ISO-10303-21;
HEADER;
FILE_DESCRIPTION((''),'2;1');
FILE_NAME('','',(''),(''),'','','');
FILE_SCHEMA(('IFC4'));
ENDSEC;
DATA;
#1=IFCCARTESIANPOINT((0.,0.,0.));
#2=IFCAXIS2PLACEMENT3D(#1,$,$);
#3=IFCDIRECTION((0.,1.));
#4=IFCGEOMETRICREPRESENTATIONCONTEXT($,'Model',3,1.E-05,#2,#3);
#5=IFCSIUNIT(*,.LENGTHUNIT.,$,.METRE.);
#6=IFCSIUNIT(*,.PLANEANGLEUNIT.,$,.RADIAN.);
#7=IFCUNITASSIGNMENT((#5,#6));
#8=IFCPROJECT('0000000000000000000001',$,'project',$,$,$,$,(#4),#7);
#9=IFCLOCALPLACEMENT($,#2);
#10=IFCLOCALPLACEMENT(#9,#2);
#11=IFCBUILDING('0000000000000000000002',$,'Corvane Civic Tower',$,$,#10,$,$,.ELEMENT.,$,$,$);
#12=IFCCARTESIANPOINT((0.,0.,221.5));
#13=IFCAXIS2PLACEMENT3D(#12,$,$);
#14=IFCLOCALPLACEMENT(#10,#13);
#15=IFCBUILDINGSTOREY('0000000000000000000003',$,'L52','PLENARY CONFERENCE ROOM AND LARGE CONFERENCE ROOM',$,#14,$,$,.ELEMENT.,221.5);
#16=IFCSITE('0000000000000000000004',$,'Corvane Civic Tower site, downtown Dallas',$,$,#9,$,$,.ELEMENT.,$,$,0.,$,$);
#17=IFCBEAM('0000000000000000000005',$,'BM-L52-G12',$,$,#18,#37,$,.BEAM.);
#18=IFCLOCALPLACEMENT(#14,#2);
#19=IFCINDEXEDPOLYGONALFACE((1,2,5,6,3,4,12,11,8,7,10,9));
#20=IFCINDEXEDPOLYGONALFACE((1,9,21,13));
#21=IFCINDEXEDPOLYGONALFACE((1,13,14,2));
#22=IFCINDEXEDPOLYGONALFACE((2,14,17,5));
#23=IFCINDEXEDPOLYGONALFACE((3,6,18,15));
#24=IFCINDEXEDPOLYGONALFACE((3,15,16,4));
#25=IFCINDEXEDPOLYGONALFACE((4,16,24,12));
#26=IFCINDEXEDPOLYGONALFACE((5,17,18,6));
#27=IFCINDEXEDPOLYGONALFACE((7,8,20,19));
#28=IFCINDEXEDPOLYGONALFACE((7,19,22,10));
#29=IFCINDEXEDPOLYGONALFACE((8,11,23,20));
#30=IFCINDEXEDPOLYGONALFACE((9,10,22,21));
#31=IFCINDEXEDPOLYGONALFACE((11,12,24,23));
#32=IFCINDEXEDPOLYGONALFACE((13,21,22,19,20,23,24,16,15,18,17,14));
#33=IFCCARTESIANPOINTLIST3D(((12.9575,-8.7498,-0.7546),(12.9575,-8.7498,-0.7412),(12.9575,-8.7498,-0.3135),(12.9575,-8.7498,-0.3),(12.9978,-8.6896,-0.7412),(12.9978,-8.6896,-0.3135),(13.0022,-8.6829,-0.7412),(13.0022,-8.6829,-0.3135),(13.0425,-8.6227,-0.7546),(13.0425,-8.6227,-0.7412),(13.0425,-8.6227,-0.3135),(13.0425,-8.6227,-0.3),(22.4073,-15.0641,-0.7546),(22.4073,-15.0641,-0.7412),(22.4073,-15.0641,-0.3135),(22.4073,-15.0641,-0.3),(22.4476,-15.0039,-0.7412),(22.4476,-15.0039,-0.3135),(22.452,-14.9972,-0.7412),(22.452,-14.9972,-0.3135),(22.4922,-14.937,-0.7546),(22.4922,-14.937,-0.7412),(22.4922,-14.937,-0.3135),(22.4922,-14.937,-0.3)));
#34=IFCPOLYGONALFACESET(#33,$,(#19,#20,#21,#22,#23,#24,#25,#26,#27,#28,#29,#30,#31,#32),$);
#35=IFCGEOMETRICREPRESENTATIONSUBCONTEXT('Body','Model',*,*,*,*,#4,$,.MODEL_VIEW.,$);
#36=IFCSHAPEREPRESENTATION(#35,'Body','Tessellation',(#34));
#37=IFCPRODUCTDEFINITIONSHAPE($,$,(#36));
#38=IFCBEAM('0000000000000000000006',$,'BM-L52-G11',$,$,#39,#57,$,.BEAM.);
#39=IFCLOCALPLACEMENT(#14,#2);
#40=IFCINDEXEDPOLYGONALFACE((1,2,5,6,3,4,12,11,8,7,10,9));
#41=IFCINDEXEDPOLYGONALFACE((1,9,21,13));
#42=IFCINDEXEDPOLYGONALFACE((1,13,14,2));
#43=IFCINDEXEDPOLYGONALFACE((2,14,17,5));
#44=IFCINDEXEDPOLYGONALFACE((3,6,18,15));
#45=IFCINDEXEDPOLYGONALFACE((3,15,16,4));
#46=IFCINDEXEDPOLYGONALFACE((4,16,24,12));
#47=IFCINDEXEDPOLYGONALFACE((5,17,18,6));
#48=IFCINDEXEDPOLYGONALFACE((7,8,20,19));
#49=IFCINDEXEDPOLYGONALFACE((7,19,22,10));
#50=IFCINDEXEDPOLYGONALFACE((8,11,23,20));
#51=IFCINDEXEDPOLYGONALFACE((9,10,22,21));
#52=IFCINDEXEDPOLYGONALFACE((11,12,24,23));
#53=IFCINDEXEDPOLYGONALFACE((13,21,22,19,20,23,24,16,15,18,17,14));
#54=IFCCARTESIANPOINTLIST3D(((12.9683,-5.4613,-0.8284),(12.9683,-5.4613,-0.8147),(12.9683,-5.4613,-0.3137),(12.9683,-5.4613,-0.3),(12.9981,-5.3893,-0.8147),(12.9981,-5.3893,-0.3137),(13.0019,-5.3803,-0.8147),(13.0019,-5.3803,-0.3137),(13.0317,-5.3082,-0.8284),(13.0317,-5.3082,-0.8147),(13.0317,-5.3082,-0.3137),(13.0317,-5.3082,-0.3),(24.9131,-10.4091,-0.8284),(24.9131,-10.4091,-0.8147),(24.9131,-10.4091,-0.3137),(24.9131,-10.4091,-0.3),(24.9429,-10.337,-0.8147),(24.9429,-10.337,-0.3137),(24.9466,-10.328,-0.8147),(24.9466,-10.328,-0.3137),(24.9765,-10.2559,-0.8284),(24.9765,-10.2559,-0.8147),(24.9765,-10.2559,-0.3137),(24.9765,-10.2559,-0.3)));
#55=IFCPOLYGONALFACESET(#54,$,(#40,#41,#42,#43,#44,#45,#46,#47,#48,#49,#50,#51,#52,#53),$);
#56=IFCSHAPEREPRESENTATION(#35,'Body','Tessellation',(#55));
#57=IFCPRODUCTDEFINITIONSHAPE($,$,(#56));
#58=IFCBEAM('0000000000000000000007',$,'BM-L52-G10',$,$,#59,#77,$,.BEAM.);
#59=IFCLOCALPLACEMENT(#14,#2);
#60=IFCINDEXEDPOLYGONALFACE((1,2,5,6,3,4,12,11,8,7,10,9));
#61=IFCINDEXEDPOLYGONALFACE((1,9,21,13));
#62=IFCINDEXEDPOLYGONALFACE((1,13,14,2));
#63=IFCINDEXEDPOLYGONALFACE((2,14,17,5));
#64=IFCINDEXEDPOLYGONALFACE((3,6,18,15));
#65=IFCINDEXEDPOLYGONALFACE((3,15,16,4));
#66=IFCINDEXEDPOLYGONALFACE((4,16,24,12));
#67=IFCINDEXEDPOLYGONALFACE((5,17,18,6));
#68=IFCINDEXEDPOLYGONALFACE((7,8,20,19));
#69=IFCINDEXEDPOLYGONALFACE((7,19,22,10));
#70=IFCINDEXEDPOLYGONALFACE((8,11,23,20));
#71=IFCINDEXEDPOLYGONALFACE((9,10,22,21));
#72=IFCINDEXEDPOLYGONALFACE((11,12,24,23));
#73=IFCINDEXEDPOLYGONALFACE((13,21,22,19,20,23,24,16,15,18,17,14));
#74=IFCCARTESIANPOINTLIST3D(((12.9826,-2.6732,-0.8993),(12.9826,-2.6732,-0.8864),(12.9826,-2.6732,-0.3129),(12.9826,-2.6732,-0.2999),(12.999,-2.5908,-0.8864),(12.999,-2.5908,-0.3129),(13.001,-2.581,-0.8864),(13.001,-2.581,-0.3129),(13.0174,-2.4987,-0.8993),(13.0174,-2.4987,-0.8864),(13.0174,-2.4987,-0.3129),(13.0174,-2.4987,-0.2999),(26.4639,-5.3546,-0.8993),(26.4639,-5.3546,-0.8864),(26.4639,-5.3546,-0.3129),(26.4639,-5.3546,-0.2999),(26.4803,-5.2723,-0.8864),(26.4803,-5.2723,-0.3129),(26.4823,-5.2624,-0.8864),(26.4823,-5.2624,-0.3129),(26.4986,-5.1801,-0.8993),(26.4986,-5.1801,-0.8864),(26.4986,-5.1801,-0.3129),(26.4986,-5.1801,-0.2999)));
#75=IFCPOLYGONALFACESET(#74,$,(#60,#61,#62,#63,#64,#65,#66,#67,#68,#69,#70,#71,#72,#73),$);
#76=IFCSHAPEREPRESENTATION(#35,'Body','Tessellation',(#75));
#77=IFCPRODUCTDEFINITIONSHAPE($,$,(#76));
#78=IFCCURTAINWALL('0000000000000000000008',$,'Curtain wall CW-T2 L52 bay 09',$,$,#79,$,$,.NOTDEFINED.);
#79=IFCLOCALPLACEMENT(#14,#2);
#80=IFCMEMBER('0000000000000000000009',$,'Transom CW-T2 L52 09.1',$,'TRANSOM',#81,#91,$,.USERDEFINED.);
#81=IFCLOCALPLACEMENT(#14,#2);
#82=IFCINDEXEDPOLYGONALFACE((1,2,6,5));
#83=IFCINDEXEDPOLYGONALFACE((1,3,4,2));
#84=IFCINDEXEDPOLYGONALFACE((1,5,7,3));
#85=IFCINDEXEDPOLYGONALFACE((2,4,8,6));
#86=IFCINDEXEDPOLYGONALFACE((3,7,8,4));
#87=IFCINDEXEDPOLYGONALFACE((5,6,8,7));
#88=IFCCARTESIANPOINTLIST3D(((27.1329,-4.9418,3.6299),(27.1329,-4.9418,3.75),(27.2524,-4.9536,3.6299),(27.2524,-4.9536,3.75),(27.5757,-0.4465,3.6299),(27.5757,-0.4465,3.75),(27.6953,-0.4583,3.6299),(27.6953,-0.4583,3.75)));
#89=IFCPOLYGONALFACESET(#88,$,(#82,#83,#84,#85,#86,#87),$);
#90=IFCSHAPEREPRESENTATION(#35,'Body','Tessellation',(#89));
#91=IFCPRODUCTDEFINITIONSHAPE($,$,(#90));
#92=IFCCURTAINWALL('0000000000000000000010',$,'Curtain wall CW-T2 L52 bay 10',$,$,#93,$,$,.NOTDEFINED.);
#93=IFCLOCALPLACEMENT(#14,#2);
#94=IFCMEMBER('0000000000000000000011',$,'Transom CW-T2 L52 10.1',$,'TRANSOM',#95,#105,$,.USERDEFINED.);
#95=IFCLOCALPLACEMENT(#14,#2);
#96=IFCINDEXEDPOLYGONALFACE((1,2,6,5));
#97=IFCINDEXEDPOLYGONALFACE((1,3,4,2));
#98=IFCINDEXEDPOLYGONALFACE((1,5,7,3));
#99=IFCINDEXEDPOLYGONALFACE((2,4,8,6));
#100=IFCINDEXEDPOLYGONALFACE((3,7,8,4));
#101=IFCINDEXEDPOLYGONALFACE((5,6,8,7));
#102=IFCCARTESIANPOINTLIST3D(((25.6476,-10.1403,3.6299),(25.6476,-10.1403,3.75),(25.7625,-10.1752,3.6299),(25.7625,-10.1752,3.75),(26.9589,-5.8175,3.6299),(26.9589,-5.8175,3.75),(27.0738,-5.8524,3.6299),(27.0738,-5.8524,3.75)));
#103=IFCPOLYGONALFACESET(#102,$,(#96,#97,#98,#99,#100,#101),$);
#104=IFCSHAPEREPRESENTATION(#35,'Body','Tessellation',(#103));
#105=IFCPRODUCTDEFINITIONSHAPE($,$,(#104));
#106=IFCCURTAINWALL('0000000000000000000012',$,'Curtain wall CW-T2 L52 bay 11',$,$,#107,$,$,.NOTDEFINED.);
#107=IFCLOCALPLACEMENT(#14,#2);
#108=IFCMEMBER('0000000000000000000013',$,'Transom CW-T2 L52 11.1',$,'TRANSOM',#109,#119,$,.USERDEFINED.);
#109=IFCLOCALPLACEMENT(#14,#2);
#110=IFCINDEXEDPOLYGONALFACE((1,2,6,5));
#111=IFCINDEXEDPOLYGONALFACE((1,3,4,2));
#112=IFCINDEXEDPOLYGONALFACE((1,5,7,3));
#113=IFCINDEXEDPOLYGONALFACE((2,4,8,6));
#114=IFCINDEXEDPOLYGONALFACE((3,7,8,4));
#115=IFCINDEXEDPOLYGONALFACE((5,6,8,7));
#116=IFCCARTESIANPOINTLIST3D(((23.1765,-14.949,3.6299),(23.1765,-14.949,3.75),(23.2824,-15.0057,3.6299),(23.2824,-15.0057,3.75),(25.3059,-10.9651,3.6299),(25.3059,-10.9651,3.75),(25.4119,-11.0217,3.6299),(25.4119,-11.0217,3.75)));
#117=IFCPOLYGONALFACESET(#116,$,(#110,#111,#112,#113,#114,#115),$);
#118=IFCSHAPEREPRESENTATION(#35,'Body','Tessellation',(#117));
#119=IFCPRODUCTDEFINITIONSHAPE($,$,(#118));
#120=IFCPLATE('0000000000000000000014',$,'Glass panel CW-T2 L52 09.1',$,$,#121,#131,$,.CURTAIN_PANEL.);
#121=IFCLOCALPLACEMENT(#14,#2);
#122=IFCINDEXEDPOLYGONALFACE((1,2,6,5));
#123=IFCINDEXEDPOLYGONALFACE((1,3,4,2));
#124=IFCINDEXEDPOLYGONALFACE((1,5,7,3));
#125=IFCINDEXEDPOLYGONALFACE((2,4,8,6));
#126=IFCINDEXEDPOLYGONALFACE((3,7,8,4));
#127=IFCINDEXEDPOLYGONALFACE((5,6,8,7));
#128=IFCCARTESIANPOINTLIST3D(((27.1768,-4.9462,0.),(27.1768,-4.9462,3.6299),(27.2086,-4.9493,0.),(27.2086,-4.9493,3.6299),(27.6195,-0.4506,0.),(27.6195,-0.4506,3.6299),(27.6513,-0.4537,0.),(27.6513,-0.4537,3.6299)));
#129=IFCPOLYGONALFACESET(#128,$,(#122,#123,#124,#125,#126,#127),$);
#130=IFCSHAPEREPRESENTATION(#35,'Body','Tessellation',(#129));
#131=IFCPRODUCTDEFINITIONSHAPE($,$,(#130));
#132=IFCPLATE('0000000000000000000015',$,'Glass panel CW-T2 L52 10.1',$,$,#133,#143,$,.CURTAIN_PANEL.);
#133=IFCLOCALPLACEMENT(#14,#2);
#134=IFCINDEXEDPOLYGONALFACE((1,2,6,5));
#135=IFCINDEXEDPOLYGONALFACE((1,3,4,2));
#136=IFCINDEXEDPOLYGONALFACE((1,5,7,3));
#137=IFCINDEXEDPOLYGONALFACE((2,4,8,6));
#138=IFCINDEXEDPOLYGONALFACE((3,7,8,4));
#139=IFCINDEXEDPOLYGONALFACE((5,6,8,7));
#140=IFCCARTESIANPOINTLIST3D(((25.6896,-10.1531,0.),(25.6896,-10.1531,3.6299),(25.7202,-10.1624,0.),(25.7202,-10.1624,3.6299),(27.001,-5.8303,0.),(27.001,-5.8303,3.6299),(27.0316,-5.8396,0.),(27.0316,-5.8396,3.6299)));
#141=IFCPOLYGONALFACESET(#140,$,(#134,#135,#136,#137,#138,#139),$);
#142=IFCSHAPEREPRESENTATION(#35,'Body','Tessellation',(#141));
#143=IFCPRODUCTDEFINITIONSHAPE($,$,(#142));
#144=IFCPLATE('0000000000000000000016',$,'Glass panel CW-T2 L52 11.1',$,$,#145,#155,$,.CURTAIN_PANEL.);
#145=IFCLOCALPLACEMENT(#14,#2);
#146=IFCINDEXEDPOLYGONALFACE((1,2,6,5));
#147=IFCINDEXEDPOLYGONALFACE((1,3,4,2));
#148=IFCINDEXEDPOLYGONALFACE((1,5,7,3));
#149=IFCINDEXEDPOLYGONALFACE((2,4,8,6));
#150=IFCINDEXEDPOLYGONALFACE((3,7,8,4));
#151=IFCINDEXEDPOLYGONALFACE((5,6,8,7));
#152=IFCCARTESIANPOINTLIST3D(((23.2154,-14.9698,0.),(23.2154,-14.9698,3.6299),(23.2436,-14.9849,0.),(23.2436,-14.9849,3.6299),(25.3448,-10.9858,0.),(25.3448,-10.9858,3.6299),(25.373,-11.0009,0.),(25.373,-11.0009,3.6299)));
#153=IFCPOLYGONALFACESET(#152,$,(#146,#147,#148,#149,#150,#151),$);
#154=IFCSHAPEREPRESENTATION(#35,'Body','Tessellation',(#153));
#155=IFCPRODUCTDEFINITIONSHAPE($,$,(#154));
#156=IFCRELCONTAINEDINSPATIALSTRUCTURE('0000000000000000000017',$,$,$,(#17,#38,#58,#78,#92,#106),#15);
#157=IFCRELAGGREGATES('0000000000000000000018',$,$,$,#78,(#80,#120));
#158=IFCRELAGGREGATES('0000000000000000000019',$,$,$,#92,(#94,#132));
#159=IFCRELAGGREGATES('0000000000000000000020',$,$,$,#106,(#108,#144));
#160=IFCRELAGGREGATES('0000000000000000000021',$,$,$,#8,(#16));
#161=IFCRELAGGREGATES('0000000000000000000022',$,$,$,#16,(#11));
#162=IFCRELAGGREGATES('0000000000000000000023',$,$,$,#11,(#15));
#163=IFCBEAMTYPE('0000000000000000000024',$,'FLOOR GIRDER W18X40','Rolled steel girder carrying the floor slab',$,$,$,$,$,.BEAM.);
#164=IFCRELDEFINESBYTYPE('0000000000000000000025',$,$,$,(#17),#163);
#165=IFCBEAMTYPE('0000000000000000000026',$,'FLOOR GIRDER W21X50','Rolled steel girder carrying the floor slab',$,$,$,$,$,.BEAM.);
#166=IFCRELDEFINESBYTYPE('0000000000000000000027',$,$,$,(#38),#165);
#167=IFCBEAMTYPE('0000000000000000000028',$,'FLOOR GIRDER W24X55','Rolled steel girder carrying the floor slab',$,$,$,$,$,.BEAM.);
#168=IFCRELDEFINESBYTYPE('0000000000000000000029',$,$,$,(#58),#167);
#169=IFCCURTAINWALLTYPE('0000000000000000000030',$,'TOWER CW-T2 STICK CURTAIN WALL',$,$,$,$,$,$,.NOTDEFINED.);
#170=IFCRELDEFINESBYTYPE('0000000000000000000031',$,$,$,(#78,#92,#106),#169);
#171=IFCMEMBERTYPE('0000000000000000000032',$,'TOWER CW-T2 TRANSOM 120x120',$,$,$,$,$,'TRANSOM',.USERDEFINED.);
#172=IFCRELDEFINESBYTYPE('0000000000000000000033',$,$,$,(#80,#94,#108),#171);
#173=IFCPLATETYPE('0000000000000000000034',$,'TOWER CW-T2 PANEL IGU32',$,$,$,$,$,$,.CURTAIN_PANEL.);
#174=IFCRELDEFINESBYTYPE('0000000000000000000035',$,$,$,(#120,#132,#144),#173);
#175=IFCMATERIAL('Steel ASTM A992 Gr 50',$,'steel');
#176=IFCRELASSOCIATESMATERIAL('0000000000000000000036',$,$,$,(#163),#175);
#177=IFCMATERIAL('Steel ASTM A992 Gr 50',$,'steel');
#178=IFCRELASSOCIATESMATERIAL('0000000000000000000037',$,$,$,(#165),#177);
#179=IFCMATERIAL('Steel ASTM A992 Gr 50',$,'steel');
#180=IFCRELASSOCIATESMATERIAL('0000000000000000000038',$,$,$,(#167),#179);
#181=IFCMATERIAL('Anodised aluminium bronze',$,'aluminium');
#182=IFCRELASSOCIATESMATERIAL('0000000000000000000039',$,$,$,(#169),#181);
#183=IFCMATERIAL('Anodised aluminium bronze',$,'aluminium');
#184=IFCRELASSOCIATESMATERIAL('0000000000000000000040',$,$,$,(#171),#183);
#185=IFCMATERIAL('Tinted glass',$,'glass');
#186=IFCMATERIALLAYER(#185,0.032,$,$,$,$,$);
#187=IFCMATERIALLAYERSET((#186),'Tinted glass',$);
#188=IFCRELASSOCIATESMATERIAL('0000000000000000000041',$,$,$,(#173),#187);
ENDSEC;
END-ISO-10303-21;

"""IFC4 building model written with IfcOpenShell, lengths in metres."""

from ifc_helpers import new_model, si_unit, direction, frame, origin, origin_2d, place, context, subcontext, project, spatial, rectangle, i_section, extrude, material, layer, layer_set, material_profile, profile_set, type_object, element, aggregate, save


model = new_model("IFC4")

# Units and contexts
model_context = context("Model", 3, precision=1e-05, world=origin(), true_north=direction((0.0, 1.0)))
body_context = subcontext(model_context, "Body", "Model", "MODEL_VIEW")
ifc_project = project(units=[si_unit("LENGTHUNIT", "METRE"), si_unit("PLANEANGLEUNIT", "RADIAN")], contexts=[model_context])

# Site, building, storey
site_placement = place(None, origin())
site = spatial("IfcSite", under=ifc_project, at=site_placement, Name="Corvane Civic Tower site, downtown Dallas", CompositionType="ELEMENT", RefElevation=0.0)
building_placement = place(site_placement, origin())
building = spatial("IfcBuilding", under=site, at=building_placement, Name="Corvane Civic Tower", CompositionType="ELEMENT")
storey_placement = place(building_placement, frame((0.0, 0.0, 221.5)))
storey = spatial("IfcBuildingStorey", under=building, at=storey_placement, Name="L52", Description="PLENARY CONFERENCE ROOM AND LARGE CONFERENCE ROOM", CompositionType="ELEMENT", Elevation=221.5)

# Beams
ifc_material_1 = material(Name="Steel ASTM A992 Gr 50", Category="steel")
ifc_material_profile_1 = material_profile(ifc_material_1, i_section(OverallWidth=0.1528, OverallDepth=0.4546, WebThickness=0.0081, FlangeThickness=0.0134, at=origin_2d()), Name="W18X40")
ifc_profile_set_1 = profile_set([ifc_material_profile_1], Name="Steel ASTM A992 Gr 50")
beam_type_1 = type_object("IfcBeamType", Name="FLOOR GIRDER W18X40", Description="Rolled steel girder carrying the floor slab", PredefinedType="BEAM", material=ifc_profile_set_1)
beam_1_placement = place(storey_placement, frame((13.0, -8.6863, -0.5273), z_axis=(0.831465, -0.555577, 0.0), x_axis=(0.555577, 0.831465, 0.0)))
element("IfcBeam", 1, at=beam_1_placement, inside=storey, type_object=beam_type_1, Name="BM-L52-G12", PredefinedType="BEAM", context=body_context, shape_type="SweptSolid", body=[
    extrude(i_section(OverallWidth=0.1528, OverallDepth=0.4546, WebThickness=0.0081, FlangeThickness=0.0134, at=origin_2d()), origin(), (0.0, 0.0, 1.0), 11.3652),
])
ifc_material_2 = material(Name="Steel ASTM A992 Gr 50", Category="steel")
ifc_material_profile_2 = material_profile(ifc_material_2, i_section(OverallWidth=0.1658, OverallDepth=0.5283, WebThickness=0.0098, FlangeThickness=0.0137, at=origin_2d()), Name="W21X50")
ifc_profile_set_2 = profile_set([ifc_material_profile_2], Name="Steel ASTM A992 Gr 50")
beam_type_2 = type_object("IfcBeamType", Name="FLOOR GIRDER W21X50", Description="Rolled steel girder carrying the floor slab", PredefinedType="BEAM", material=ifc_profile_set_2)
beam_2_placement = place(storey_placement, frame((13.0, -5.3848, -0.5642), z_axis=(0.923878, -0.382686, 0.0), x_axis=(0.382686, 0.923878, 0.0)))
element("IfcBeam", 2, at=beam_2_placement, inside=storey, type_object=beam_type_2, Name="BM-L52-G11", PredefinedType="BEAM", context=body_context, shape_type="SweptSolid", body=[
    extrude(i_section(OverallWidth=0.1658, OverallDepth=0.5283, WebThickness=0.0098, FlangeThickness=0.0137, at=origin_2d()), origin(), (0.0, 0.0, 1.0), 12.929),
])
ifc_material_3 = material(Name="Steel ASTM A992 Gr 50", Category="steel")
ifc_material_profile_3 = material_profile(ifc_material_3, i_section(OverallWidth=0.178, OverallDepth=0.5994, WebThickness=0.01, FlangeThickness=0.0129, at=origin_2d()), Name="W24X55")
ifc_profile_set_3 = profile_set([ifc_material_profile_3], Name="Steel ASTM A992 Gr 50")
beam_type_3 = type_object("IfcBeamType", Name="FLOOR GIRDER W24X55", Description="Rolled steel girder carrying the floor slab", PredefinedType="BEAM", material=ifc_profile_set_3)
beam_3_placement = place(storey_placement, frame((13.0, -2.5859, -0.5996), z_axis=(0.980788, -0.195078, 0.0), x_axis=(0.195078, 0.980788, 0.0)))
element("IfcBeam", 3, at=beam_3_placement, inside=storey, type_object=beam_type_3, Name="BM-L52-G10", PredefinedType="BEAM", context=body_context, shape_type="SweptSolid", body=[
    extrude(i_section(OverallWidth=0.178, OverallDepth=0.5994, WebThickness=0.01, FlangeThickness=0.0129, at=origin_2d()), origin(), (0.0, 0.0, 1.0), 13.7454),
])

# Curtain walls, members
ifc_material_4 = material(Name="Anodised aluminium bronze", Category="aluminium")
curtain_wall_type = type_object("IfcCurtainWallType", Name="TOWER CW-T2 STICK CURTAIN WALL", PredefinedType="NOTDEFINED", material=ifc_material_4)
curtain_wall_1_placement = place(storey_placement, origin())
curtain_wall_1 = element("IfcCurtainWall", 4, at=curtain_wall_1_placement, inside=storey, type_object=curtain_wall_type, Name="Curtain wall CW-T2 L52 bay 09", PredefinedType="NOTDEFINED")
ifc_material_5 = material(Name="Anodised aluminium bronze", Category="aluminium")
ifc_material_profile_4 = material_profile(ifc_material_5, rectangle(XDim=0.1201, YDim=0.1201, at=origin_2d()), Name="TOWER CW-T2 TRANSOM 120x120")
ifc_profile_set_4 = profile_set([ifc_material_profile_4], Name="Anodised aluminium bronze")
member_type = type_object("IfcMemberType", Name="TOWER CW-T2 TRANSOM 120x120", ElementType="TRANSOM", PredefinedType="USERDEFINED", material=ifc_profile_set_4)
member_1_placement = place(storey_placement, frame((27.6355, -0.4524, 3.6899), z_axis=(-0.098043, -0.995182, 0.0), x_axis=(0.995182, -0.098043, 0.0)))
member_1 = element("IfcMember", 5, at=member_1_placement, type_object=member_type, Name="Transom CW-T2 L52 09.1", ObjectType="TRANSOM", PredefinedType="USERDEFINED", context=body_context, shape_type="SweptSolid", body=[
    extrude(rectangle(XDim=0.1201, YDim=0.1201, at=origin_2d()), origin(), (0.0, 0.0, 1.0), 4.5171),
])
curtain_wall_2_placement = place(storey_placement, origin())
curtain_wall_2 = element("IfcCurtainWall", 6, at=curtain_wall_2_placement, inside=storey, type_object=curtain_wall_type, Name="Curtain wall CW-T2 L52 bay 10", PredefinedType="NOTDEFINED")
member_2_placement = place(storey_placement, frame((27.0164, -5.835, 3.6899), z_axis=(-0.290282, -0.956941, 0.0), x_axis=(0.956941, -0.290282, 0.0)))
member_2 = element("IfcMember", 7, at=member_2_placement, type_object=member_type, Name="Transom CW-T2 L52 10.1", ObjectType="TRANSOM", PredefinedType="USERDEFINED", context=body_context, shape_type="SweptSolid", body=[
    extrude(rectangle(XDim=0.1201, YDim=0.1201, at=origin_2d()), origin(), (0.0, 0.0, 1.0), 4.5173),
])
curtain_wall_3_placement = place(storey_placement, origin())
curtain_wall_3 = element("IfcCurtainWall", 8, at=curtain_wall_3_placement, inside=storey, type_object=curtain_wall_type, Name="Curtain wall CW-T2 L52 bay 11", PredefinedType="NOTDEFINED")
member_3_placement = place(storey_placement, frame((25.3589, -10.9934, 3.6899), z_axis=(-0.47139, -0.881925, 0.0), x_axis=(0.881925, -0.47139, 0.0)))
member_3 = element("IfcMember", 9, at=member_3_placement, type_object=member_type, Name="Transom CW-T2 L52 11.1", ObjectType="TRANSOM", PredefinedType="USERDEFINED", context=body_context, shape_type="SweptSolid", body=[
    extrude(rectangle(XDim=0.1201, YDim=0.1201, at=origin_2d()), origin(), (0.0, 0.0, 1.0), 4.5173),
])

# Plates
ifc_material_6 = material(Name="Tinted glass", Category="glass")
ifc_layer_1 = layer(ifc_material_6, 0.032)
ifc_layer_set_1 = layer_set([ifc_layer_1], Name="Tinted glass")
plate_type = type_object("IfcPlateType", Name="TOWER CW-T2 PANEL IGU32", PredefinedType="CURTAIN_PANEL", material=ifc_layer_set_1)
plate_1_placement = place(storey_placement, frame((27.4141, -2.7, 0.0), z_axis=(0.0, 0.0, 1.0), x_axis=(-0.097993, -0.995187, 0.0)))
plate_1 = element("IfcPlate", 10, at=plate_1_placement, type_object=plate_type, Name="Glass panel CW-T2 L52 09.1", PredefinedType="CURTAIN_PANEL", context=body_context, shape_type="SweptSolid", body=[
    extrude(rectangle(XDim=4.5173, YDim=0.032, at=origin_2d()), origin(), (0.0, 0.0, 1.0), 3.6299),
])
aggregate(curtain_wall_1, [member_1, plate_1])
plate_2_placement = place(storey_placement, frame((26.3606, -7.9963, 0.0), z_axis=(0.0, 0.0, 1.0), x_axis=(-0.29029, -0.956939, 0.0)))
plate_2 = element("IfcPlate", 11, at=plate_2_placement, type_object=plate_type, Name="Glass panel CW-T2 L52 10.1", PredefinedType="CURTAIN_PANEL", context=body_context, shape_type="SweptSolid", body=[
    extrude(rectangle(XDim=4.5173, YDim=0.032, at=origin_2d()), origin(), (0.0, 0.0, 1.0), 3.6299),
])
aggregate(curtain_wall_2, [member_2, plate_2])
plate_3_placement = place(storey_placement, frame((24.2942, -12.9854, 0.0), z_axis=(0.0, 0.0, 1.0), x_axis=(-0.471398, -0.88192, 0.0)))
plate_3 = element("IfcPlate", 12, at=plate_3_placement, type_object=plate_type, Name="Glass panel CW-T2 L52 11.1", PredefinedType="CURTAIN_PANEL", context=body_context, shape_type="SweptSolid", body=[
    extrude(rectangle(XDim=4.5173, YDim=0.032, at=origin_2d()), origin(), (0.0, 0.0, 1.0), 3.6299),
])
aggregate(curtain_wall_3, [member_3, plate_3])

save(model, "model.ifc")
